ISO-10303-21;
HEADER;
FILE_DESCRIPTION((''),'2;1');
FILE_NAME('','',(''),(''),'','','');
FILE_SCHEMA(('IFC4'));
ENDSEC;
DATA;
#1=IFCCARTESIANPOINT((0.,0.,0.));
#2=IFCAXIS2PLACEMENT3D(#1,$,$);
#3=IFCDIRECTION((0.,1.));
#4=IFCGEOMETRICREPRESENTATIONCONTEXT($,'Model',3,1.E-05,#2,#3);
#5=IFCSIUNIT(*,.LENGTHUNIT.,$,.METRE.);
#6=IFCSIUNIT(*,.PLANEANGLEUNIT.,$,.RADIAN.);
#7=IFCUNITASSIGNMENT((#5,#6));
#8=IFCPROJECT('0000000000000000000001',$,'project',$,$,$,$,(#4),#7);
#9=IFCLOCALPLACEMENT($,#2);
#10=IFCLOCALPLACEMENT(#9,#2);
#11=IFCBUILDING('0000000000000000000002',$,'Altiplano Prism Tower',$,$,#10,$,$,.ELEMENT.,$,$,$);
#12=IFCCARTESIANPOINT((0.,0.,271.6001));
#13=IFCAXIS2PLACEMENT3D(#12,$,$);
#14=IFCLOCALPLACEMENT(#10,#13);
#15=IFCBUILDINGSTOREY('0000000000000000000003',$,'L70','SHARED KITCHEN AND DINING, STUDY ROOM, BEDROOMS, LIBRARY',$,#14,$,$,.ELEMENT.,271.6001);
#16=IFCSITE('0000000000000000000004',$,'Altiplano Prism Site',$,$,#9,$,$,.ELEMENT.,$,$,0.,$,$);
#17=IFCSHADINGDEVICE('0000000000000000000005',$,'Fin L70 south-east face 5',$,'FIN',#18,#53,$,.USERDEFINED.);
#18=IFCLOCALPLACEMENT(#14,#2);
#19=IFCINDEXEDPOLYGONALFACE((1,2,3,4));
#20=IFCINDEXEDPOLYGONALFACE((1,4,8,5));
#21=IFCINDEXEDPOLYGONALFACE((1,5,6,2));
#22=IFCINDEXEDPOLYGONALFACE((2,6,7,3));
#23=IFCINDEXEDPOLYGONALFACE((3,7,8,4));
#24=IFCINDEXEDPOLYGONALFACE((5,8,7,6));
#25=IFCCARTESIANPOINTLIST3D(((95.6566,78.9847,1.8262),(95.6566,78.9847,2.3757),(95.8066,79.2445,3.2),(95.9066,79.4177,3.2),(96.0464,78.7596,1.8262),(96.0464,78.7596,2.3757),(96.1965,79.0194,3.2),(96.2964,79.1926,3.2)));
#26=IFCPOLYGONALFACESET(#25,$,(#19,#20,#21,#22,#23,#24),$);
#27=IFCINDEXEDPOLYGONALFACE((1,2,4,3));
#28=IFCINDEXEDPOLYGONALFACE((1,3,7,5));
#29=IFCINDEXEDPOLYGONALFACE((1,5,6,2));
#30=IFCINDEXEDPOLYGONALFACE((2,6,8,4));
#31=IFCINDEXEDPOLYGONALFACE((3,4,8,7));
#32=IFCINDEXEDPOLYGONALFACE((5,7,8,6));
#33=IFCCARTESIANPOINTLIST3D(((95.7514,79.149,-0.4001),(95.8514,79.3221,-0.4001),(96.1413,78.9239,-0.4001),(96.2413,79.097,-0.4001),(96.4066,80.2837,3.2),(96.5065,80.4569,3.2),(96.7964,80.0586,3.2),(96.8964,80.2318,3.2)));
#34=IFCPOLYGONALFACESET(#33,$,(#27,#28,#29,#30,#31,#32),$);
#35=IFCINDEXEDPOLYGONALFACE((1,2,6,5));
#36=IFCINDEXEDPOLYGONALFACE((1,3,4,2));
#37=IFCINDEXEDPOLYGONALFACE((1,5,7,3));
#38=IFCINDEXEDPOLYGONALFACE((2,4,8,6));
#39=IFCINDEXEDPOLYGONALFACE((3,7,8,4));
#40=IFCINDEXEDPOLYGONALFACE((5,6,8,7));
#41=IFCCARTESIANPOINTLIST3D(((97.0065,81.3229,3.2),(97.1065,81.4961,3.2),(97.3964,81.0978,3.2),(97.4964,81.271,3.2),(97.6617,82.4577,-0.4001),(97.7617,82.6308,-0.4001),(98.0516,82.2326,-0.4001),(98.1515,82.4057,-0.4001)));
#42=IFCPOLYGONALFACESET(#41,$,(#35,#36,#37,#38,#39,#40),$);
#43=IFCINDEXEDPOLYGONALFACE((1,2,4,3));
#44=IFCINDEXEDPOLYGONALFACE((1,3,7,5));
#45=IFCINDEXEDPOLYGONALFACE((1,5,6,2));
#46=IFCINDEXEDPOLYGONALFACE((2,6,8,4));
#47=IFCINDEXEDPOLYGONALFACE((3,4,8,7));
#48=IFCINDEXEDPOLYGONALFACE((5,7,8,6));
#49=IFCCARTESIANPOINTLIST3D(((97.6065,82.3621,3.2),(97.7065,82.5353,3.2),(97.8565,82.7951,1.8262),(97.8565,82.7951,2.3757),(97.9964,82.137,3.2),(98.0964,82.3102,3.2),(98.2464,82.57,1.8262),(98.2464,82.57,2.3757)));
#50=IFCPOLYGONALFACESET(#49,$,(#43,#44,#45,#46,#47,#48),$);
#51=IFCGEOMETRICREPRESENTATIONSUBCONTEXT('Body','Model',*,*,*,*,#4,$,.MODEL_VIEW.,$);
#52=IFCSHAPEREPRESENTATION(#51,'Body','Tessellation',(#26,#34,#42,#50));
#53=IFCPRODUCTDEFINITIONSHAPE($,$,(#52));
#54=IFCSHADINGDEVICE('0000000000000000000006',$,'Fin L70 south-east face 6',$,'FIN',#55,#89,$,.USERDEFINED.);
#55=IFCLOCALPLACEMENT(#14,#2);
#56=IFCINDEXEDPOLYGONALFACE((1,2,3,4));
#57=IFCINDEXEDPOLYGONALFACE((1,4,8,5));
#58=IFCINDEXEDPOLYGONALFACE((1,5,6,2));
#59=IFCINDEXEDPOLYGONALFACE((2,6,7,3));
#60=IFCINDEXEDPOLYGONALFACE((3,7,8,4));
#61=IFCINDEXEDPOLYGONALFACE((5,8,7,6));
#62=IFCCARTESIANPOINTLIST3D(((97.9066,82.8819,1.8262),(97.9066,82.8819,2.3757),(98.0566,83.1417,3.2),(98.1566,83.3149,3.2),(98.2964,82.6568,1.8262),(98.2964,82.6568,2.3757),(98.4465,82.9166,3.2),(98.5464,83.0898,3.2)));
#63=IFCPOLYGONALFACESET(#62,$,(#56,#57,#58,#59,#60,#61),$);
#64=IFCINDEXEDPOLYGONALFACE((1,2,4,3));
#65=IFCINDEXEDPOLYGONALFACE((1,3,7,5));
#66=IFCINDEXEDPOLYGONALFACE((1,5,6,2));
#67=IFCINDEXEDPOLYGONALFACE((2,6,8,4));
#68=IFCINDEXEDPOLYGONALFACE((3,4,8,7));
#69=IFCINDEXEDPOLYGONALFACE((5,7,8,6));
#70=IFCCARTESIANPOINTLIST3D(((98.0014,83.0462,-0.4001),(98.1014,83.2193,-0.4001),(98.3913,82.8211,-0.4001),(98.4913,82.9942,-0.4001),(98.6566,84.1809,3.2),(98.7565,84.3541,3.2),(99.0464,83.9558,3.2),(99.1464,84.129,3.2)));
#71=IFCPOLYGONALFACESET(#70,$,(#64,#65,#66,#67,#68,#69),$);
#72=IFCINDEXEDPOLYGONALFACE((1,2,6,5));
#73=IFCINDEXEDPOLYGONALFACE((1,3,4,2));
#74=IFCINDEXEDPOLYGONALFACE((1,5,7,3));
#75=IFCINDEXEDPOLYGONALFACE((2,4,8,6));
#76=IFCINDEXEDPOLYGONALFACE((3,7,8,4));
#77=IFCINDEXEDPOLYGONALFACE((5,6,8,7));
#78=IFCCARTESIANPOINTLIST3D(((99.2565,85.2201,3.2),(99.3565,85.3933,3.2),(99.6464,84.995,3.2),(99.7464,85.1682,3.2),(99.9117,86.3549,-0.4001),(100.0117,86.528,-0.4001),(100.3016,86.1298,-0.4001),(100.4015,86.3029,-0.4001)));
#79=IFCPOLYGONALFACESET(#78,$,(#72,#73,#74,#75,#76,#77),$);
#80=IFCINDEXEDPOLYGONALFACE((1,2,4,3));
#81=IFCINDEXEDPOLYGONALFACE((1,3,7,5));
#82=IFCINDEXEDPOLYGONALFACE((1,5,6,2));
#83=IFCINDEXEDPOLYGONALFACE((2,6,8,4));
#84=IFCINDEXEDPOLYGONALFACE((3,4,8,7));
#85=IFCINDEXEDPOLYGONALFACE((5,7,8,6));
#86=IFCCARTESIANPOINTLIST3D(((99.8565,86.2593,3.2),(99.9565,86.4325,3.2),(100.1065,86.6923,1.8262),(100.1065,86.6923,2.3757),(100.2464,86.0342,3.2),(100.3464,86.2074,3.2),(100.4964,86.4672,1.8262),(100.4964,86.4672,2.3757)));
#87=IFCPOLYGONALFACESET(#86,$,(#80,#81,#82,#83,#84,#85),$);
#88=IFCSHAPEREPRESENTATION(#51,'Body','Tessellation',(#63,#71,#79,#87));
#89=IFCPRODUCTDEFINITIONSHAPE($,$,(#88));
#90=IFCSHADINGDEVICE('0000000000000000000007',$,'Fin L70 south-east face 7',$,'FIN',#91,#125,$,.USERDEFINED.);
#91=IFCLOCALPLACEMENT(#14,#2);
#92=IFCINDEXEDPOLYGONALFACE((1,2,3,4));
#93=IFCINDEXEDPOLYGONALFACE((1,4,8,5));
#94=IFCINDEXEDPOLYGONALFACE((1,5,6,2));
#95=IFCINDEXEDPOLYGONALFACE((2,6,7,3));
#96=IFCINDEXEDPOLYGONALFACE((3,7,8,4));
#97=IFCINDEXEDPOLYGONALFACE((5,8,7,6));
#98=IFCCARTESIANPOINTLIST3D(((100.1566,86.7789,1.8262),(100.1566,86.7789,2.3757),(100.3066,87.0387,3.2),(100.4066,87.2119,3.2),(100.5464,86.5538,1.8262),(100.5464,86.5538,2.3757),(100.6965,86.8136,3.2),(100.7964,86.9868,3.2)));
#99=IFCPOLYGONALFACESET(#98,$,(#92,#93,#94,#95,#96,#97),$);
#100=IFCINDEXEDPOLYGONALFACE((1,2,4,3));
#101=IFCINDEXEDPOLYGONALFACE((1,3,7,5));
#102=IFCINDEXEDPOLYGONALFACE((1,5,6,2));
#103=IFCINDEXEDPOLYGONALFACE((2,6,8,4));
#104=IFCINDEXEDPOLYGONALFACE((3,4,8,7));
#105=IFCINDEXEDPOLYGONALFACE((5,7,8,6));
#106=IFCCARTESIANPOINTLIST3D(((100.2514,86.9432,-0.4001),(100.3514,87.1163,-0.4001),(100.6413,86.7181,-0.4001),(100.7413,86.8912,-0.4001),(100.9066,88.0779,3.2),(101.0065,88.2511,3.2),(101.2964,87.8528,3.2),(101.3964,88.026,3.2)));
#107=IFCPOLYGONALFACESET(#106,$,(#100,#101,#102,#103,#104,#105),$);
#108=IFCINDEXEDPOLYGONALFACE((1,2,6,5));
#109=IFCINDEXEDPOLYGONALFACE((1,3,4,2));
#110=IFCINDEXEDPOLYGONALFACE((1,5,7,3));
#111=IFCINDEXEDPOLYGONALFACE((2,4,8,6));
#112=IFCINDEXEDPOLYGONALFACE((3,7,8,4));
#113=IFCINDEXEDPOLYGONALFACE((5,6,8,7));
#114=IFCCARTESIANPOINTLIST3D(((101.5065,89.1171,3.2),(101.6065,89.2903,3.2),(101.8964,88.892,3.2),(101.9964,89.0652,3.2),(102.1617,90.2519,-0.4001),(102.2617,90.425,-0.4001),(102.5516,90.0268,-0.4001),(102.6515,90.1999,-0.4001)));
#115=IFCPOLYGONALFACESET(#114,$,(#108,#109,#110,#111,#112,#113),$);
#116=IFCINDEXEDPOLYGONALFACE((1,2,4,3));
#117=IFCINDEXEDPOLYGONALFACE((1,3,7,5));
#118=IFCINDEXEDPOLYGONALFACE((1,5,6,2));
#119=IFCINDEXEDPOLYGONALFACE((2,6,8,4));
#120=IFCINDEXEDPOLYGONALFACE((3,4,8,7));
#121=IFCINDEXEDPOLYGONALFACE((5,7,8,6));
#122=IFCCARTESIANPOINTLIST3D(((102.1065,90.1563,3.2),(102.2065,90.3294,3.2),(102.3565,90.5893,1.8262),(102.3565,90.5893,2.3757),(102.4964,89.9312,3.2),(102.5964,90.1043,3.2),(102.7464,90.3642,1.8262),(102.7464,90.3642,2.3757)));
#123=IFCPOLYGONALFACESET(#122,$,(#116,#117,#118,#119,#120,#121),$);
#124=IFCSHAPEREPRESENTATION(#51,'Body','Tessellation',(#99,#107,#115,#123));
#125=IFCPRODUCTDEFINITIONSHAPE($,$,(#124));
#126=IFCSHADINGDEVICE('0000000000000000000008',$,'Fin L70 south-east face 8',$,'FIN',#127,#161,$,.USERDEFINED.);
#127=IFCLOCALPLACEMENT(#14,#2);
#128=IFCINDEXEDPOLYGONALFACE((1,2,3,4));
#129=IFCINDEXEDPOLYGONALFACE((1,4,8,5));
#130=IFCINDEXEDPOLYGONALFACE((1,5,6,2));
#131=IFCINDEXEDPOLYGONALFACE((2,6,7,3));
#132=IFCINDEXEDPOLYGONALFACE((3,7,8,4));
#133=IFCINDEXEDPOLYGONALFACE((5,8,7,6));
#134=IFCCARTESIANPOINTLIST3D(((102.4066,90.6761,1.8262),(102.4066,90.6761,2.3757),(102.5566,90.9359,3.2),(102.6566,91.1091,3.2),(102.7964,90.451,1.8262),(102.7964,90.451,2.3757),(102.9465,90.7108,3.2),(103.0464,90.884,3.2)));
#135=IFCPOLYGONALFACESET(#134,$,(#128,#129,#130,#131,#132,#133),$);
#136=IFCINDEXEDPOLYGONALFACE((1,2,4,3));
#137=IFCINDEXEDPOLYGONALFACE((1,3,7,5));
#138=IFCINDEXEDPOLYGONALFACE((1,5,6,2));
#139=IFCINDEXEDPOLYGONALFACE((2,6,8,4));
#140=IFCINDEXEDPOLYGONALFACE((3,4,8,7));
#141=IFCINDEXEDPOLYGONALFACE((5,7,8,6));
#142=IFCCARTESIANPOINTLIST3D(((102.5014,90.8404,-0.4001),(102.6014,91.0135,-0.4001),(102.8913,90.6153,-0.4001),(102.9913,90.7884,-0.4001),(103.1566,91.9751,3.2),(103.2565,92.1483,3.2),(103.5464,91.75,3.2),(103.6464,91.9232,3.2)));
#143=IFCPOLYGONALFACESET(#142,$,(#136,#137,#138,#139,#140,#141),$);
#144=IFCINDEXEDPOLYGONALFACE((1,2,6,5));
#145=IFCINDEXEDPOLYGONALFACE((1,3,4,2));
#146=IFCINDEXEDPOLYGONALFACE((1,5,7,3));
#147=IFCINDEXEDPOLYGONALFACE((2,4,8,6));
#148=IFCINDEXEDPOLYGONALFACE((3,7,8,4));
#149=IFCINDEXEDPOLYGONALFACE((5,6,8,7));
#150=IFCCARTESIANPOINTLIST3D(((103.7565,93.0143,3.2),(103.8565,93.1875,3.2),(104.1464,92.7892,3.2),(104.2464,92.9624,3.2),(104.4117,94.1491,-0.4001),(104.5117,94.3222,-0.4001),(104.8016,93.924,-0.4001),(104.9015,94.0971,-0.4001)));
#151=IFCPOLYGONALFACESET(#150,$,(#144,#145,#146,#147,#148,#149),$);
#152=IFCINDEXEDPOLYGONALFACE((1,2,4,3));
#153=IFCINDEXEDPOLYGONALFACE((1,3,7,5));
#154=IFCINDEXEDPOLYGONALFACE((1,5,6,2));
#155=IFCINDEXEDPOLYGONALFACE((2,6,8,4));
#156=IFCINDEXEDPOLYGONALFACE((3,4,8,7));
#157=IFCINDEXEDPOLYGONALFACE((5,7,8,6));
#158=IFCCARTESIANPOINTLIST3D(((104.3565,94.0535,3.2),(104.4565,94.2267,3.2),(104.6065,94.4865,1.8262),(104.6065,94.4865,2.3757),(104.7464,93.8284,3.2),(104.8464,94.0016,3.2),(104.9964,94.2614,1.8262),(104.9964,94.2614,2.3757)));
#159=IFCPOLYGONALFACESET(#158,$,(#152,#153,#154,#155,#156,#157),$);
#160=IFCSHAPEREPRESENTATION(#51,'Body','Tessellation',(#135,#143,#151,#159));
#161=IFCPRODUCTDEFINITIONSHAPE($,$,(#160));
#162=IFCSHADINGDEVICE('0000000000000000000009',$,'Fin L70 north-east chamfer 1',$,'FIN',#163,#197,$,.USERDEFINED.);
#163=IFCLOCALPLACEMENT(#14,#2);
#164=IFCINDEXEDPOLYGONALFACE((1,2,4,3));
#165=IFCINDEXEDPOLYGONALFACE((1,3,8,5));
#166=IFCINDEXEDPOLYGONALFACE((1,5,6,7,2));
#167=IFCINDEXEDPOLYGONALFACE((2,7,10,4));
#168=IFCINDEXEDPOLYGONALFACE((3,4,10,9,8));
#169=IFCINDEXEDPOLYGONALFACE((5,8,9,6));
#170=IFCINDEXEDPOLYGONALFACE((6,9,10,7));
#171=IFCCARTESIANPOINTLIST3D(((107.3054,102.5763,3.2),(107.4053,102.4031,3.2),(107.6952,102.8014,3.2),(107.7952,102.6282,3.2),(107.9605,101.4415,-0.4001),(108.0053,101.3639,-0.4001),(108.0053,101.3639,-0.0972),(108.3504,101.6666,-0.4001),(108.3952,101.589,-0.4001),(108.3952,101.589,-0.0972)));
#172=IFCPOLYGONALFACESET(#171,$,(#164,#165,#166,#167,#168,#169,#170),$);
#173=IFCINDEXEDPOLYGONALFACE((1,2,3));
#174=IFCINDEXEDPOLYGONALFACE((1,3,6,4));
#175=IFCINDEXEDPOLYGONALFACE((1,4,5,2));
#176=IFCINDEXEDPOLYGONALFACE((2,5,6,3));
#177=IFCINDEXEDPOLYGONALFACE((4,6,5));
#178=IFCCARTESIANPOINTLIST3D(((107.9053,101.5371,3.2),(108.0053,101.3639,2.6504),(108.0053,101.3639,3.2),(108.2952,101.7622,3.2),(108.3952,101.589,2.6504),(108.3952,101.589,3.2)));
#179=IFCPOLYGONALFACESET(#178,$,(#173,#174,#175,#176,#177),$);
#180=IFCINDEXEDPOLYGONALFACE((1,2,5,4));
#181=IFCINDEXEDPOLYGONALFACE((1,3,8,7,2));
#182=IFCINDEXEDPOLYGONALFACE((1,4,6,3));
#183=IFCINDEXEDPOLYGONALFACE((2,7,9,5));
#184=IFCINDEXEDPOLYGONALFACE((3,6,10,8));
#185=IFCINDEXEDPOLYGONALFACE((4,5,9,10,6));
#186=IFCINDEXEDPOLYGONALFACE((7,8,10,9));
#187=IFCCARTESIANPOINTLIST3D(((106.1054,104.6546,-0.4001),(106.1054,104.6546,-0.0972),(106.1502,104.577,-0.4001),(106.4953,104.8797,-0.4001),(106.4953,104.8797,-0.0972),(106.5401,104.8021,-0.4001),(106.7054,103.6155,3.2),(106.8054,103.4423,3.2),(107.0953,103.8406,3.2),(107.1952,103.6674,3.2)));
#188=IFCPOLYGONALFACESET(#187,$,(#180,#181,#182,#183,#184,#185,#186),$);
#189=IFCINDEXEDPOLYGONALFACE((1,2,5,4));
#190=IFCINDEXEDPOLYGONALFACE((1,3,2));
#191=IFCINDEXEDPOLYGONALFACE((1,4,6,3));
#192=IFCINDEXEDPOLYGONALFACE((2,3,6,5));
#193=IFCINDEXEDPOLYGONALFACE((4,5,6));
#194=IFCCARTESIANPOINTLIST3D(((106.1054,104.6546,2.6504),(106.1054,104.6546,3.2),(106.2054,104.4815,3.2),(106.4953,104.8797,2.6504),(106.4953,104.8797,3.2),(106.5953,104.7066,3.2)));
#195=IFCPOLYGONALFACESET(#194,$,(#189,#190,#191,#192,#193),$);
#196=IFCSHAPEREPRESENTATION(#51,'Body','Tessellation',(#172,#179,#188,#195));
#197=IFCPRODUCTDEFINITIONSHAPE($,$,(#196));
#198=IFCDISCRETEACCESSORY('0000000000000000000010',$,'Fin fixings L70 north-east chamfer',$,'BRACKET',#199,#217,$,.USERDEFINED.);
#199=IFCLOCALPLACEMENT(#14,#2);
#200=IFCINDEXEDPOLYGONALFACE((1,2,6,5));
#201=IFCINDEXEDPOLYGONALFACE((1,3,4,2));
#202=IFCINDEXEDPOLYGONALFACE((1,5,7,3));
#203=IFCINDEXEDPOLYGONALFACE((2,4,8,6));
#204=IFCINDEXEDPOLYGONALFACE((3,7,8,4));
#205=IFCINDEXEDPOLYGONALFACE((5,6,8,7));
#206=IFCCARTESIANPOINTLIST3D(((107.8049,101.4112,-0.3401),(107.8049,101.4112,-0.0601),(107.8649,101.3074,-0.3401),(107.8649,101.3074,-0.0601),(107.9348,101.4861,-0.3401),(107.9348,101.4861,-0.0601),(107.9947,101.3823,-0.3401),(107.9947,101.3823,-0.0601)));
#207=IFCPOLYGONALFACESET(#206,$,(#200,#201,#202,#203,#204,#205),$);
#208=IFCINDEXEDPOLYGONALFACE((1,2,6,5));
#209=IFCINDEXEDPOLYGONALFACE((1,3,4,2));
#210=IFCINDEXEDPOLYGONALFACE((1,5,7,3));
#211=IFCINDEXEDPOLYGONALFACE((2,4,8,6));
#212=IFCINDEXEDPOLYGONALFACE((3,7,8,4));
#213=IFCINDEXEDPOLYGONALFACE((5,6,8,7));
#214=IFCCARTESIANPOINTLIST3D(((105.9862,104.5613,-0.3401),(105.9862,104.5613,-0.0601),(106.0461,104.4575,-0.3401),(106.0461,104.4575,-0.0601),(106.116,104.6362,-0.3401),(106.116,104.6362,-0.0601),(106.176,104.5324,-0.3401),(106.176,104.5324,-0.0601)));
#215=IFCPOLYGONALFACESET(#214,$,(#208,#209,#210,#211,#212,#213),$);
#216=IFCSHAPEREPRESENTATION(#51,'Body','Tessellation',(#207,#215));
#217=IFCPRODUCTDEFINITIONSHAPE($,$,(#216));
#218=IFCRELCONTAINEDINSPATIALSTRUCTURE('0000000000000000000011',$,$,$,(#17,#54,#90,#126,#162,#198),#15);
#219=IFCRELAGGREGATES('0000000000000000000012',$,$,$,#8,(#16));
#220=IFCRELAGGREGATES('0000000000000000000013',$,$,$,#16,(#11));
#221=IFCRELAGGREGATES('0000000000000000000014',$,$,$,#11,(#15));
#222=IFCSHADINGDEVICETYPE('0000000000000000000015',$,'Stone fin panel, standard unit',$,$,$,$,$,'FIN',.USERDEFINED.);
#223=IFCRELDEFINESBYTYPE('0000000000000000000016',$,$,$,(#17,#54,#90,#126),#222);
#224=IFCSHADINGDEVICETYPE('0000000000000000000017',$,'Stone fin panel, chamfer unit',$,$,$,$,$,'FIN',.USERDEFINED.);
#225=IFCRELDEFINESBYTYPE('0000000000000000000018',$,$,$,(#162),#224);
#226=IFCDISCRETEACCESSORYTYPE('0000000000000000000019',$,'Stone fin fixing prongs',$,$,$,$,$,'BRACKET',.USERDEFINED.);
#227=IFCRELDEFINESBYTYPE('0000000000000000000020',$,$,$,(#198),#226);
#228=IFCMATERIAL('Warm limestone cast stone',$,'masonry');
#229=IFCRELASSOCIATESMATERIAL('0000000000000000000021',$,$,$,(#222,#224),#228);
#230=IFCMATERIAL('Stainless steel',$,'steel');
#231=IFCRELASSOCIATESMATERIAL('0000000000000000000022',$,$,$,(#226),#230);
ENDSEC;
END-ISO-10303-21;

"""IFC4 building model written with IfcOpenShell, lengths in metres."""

from ifc_helpers import new_model, si_unit, direction, frame, origin, place, context, subcontext, project, spatial, polyline, outline, extrude, source, transform, mapped, material, type_object, element, save


model = new_model("IFC4")

# Units and contexts
model_context = context("Model", 3, precision=1e-05, world=origin(), true_north=direction((0.0, 1.0)))
body_context = subcontext(model_context, "Body", "Model", "MODEL_VIEW")
ifc_project = project(units=[si_unit("LENGTHUNIT", "METRE"), si_unit("PLANEANGLEUNIT", "RADIAN")], contexts=[model_context])

# Site, building, storey
site_placement = place(None, origin())
site = spatial("IfcSite", under=ifc_project, at=site_placement, Name="Altiplano Prism Site", CompositionType="ELEMENT", RefElevation=0.0)
building_placement = place(site_placement, origin())
building = spatial("IfcBuilding", under=site, at=building_placement, Name="Altiplano Prism Tower", CompositionType="ELEMENT")
storey_placement = place(building_placement, frame((0.0, 0.0, 271.6001)))
storey = spatial("IfcBuildingStorey", under=building, at=storey_placement, Name="L70", Description="SHARED KITCHEN AND DINING, STUDY ROOM, BEDROOMS, LIBRARY", CompositionType="ELEMENT", Elevation=271.6001)

# Shading devices
ifc_material_1 = material(Name="Warm limestone cast stone", Category="masonry")
shading_device_type_1 = type_object("IfcShadingDeviceType", Name="Stone fin panel, standard unit", ElementType="FIN", PredefinedType="USERDEFINED", material=ifc_material_1)
shared_shape_1 = source(origin(), body_context, "Body", "SweptSolid", [
    extrude(outline(polyline([(-2.2, 2.2263), (-1.7, 3.6001), (-1.8999, 3.6001), (-2.2, 2.7759), (-2.2, 2.2263)])), frame((0.0, -0.1499, 0.0), z_axis=(0.0, -1.0, 0.0), x_axis=(1.0, 0.0, 0.0)), (0.0, 0.0, 1.0), 0.4502),
    extrude(outline(polyline([(-2.0103, 0.0), (-1.8103, 0.0), (-0.5, 3.6001), (-0.7, 3.6001), (-2.0103, 0.0)])), frame((0.0, -0.1499, 0.0), z_axis=(0.0, -1.0, 0.0), x_axis=(1.0, 0.0, 0.0)), (0.0, 0.0, 1.0), 0.4502),
    extrude(outline(polyline([(1.8103, 0.0), (2.0103, 0.0), (0.7, 3.6001), (0.5, 3.6001), (1.8103, 0.0)])), frame((0.0, -0.1499, 0.0), z_axis=(0.0, -1.0, 0.0), x_axis=(1.0, 0.0, 0.0)), (0.0, 0.0, 1.0), 0.4502),
    extrude(outline(polyline([(2.2, 2.7759), (1.8999, 3.6001), (1.7, 3.6001), (2.2, 2.2263), (2.2, 2.7759)])), frame((0.0, -0.1499, 0.0), z_axis=(0.0, -1.0, 0.0), x_axis=(1.0, 0.0, 0.0)), (0.0, 0.0, 1.0), 0.4502),
])
shading_device_1_placement = place(storey_placement, origin())
element("IfcShadingDevice", 1, at=shading_device_1_placement, inside=storey, type_object=shading_device_type_1, Name="Fin L70 south-east face 5", ObjectType="FIN", PredefinedType="USERDEFINED", context=body_context, shape_type="MappedRepresentation", body=[
    mapped(shared_shape_1, transform((96.6267, 80.9648, -0.4001), x_axis=(0.5, 0.866025, 0.0), y_axis=(-0.866025, 0.5, 0.0), z_axis=(0.0, 0.0, 1.0))),
])
shading_device_2_placement = place(storey_placement, origin())
element("IfcShadingDevice", 2, at=shading_device_2_placement, inside=storey, type_object=shading_device_type_1, Name="Fin L70 south-east face 6", ObjectType="FIN", PredefinedType="USERDEFINED", context=body_context, shape_type="MappedRepresentation", body=[
    mapped(shared_shape_1, transform((98.8767, 84.8621, -0.4001), x_axis=(0.5, 0.866025, 0.0), y_axis=(-0.866025, 0.5, 0.0), z_axis=(0.0, 0.0, 1.0))),
])
shading_device_3_placement = place(storey_placement, origin())
element("IfcShadingDevice", 3, at=shading_device_3_placement, inside=storey, type_object=shading_device_type_1, Name="Fin L70 south-east face 7", ObjectType="FIN", PredefinedType="USERDEFINED", context=body_context, shape_type="MappedRepresentation", body=[
    mapped(shared_shape_1, transform((101.1267, 88.759, -0.4001), x_axis=(0.5, 0.866025, 0.0), y_axis=(-0.866025, 0.5, 0.0), z_axis=(0.0, 0.0, 1.0))),
])
shading_device_4_placement = place(storey_placement, origin())
element("IfcShadingDevice", 4, at=shading_device_4_placement, inside=storey, type_object=shading_device_type_1, Name="Fin L70 south-east face 8", ObjectType="FIN", PredefinedType="USERDEFINED", context=body_context, shape_type="MappedRepresentation", body=[
    mapped(shared_shape_1, transform((103.3767, 92.6562, -0.4001), x_axis=(0.5, 0.866025, 0.0), y_axis=(-0.866025, 0.5, 0.0), z_axis=(0.0, 0.0, 1.0))),
])
shading_device_type_2 = type_object("IfcShadingDeviceType", Name="Stone fin panel, chamfer unit", ElementType="FIN", PredefinedType="USERDEFINED", material=ifc_material_1)
shared_shape_2 = source(origin(), body_context, "Body", "SweptSolid", [
    extrude(outline(polyline([(-1.8999, 0.0), (-1.8103, 0.0), (-0.5, 3.6001), (-0.7, 3.6001), (-1.8999, 0.303), (-1.8999, 0.0)])), frame((0.0, -0.1499, 0.0), z_axis=(0.0, -1.0, 0.0), x_axis=(1.0, 0.0, 0.0)), (0.0, 0.0, 1.0), 0.4502),
    extrude(outline(polyline([(-1.8999, 3.0505), (-1.7, 3.6001), (-1.8999, 3.6001), (-1.8999, 3.0505)])), frame((0.0, -0.1499, 0.0), z_axis=(0.0, -1.0, 0.0), x_axis=(1.0, 0.0, 0.0)), (0.0, 0.0, 1.0), 0.4502),
    extrude(outline(polyline([(1.8103, 0.0), (1.8999, 0.0), (1.8999, 0.303), (0.7, 3.6001), (0.5, 3.6001), (1.8103, 0.0)])), frame((0.0, -0.1499, 0.0), z_axis=(0.0, -1.0, 0.0), x_axis=(1.0, 0.0, 0.0)), (0.0, 0.0, 1.0), 0.4502),
    extrude(outline(polyline([(1.8999, 3.6001), (1.7, 3.6001), (1.8999, 3.0505), (1.8999, 3.6001)])), frame((0.0, -0.1499, 0.0), z_axis=(0.0, -1.0, 0.0), x_axis=(1.0, 0.0, 0.0)), (0.0, 0.0, 1.0), 0.4502),
])
shading_device_5_placement = place(storey_placement, origin())
element("IfcShadingDevice", 5, at=shading_device_5_placement, inside=storey, type_object=shading_device_type_2, Name="Fin L70 north-east chamfer 1", ObjectType="FIN", PredefinedType="USERDEFINED", context=body_context, shape_type="MappedRepresentation", body=[
    mapped(shared_shape_2, transform((106.9255, 102.9343, -0.4001), x_axis=(-0.5, 0.866025, 0.0), y_axis=(-0.866025, -0.5, 0.0), z_axis=(0.0, 0.0, 1.0))),
])

# Discrete accessory
ifc_material_2 = material(Name="Stainless steel", Category="steel")
discrete_accessory_type = type_object("IfcDiscreteAccessoryType", Name="Stone fin fixing prongs", ElementType="BRACKET", PredefinedType="USERDEFINED", material=ifc_material_2)
shared_shape_3 = source(origin(), body_context, "Body", "SweptSolid", [
    extrude(outline(polyline([(-1.8787, 0.0601), (-1.7588, 0.0601), (-1.7588, 0.3401), (-1.8787, 0.3401), (-1.8787, 0.0601)])), frame((0.0, 0.0, 0.0), z_axis=(0.0, -1.0, 0.0), x_axis=(1.0, 0.0, 0.0)), (0.0, 0.0, 1.0), 0.1499),
    extrude(outline(polyline([(1.7588, 0.0601), (1.8787, 0.0601), (1.8787, 0.3401), (1.7588, 0.3401), (1.7588, 0.0601)])), frame((0.0, 0.0, 0.0), z_axis=(0.0, -1.0, 0.0), x_axis=(1.0, 0.0, 0.0)), (0.0, 0.0, 1.0), 0.1499),
])
discrete_accessory_1_placement = place(storey_placement, origin())
element("IfcDiscreteAccessory", 6, at=discrete_accessory_1_placement, inside=storey, type_object=discrete_accessory_type, Name="Fin fixings L70 north-east chamfer", ObjectType="BRACKET", PredefinedType="USERDEFINED", context=body_context, shape_type="MappedRepresentation", body=[
    mapped(shared_shape_3, transform((106.9255, 102.9343, -0.4001), x_axis=(-0.5, 0.866025, 0.0), y_axis=(-0.866025, -0.5, 0.0), z_axis=(0.0, 0.0, 1.0))),
])

save(model, "model.ifc")
